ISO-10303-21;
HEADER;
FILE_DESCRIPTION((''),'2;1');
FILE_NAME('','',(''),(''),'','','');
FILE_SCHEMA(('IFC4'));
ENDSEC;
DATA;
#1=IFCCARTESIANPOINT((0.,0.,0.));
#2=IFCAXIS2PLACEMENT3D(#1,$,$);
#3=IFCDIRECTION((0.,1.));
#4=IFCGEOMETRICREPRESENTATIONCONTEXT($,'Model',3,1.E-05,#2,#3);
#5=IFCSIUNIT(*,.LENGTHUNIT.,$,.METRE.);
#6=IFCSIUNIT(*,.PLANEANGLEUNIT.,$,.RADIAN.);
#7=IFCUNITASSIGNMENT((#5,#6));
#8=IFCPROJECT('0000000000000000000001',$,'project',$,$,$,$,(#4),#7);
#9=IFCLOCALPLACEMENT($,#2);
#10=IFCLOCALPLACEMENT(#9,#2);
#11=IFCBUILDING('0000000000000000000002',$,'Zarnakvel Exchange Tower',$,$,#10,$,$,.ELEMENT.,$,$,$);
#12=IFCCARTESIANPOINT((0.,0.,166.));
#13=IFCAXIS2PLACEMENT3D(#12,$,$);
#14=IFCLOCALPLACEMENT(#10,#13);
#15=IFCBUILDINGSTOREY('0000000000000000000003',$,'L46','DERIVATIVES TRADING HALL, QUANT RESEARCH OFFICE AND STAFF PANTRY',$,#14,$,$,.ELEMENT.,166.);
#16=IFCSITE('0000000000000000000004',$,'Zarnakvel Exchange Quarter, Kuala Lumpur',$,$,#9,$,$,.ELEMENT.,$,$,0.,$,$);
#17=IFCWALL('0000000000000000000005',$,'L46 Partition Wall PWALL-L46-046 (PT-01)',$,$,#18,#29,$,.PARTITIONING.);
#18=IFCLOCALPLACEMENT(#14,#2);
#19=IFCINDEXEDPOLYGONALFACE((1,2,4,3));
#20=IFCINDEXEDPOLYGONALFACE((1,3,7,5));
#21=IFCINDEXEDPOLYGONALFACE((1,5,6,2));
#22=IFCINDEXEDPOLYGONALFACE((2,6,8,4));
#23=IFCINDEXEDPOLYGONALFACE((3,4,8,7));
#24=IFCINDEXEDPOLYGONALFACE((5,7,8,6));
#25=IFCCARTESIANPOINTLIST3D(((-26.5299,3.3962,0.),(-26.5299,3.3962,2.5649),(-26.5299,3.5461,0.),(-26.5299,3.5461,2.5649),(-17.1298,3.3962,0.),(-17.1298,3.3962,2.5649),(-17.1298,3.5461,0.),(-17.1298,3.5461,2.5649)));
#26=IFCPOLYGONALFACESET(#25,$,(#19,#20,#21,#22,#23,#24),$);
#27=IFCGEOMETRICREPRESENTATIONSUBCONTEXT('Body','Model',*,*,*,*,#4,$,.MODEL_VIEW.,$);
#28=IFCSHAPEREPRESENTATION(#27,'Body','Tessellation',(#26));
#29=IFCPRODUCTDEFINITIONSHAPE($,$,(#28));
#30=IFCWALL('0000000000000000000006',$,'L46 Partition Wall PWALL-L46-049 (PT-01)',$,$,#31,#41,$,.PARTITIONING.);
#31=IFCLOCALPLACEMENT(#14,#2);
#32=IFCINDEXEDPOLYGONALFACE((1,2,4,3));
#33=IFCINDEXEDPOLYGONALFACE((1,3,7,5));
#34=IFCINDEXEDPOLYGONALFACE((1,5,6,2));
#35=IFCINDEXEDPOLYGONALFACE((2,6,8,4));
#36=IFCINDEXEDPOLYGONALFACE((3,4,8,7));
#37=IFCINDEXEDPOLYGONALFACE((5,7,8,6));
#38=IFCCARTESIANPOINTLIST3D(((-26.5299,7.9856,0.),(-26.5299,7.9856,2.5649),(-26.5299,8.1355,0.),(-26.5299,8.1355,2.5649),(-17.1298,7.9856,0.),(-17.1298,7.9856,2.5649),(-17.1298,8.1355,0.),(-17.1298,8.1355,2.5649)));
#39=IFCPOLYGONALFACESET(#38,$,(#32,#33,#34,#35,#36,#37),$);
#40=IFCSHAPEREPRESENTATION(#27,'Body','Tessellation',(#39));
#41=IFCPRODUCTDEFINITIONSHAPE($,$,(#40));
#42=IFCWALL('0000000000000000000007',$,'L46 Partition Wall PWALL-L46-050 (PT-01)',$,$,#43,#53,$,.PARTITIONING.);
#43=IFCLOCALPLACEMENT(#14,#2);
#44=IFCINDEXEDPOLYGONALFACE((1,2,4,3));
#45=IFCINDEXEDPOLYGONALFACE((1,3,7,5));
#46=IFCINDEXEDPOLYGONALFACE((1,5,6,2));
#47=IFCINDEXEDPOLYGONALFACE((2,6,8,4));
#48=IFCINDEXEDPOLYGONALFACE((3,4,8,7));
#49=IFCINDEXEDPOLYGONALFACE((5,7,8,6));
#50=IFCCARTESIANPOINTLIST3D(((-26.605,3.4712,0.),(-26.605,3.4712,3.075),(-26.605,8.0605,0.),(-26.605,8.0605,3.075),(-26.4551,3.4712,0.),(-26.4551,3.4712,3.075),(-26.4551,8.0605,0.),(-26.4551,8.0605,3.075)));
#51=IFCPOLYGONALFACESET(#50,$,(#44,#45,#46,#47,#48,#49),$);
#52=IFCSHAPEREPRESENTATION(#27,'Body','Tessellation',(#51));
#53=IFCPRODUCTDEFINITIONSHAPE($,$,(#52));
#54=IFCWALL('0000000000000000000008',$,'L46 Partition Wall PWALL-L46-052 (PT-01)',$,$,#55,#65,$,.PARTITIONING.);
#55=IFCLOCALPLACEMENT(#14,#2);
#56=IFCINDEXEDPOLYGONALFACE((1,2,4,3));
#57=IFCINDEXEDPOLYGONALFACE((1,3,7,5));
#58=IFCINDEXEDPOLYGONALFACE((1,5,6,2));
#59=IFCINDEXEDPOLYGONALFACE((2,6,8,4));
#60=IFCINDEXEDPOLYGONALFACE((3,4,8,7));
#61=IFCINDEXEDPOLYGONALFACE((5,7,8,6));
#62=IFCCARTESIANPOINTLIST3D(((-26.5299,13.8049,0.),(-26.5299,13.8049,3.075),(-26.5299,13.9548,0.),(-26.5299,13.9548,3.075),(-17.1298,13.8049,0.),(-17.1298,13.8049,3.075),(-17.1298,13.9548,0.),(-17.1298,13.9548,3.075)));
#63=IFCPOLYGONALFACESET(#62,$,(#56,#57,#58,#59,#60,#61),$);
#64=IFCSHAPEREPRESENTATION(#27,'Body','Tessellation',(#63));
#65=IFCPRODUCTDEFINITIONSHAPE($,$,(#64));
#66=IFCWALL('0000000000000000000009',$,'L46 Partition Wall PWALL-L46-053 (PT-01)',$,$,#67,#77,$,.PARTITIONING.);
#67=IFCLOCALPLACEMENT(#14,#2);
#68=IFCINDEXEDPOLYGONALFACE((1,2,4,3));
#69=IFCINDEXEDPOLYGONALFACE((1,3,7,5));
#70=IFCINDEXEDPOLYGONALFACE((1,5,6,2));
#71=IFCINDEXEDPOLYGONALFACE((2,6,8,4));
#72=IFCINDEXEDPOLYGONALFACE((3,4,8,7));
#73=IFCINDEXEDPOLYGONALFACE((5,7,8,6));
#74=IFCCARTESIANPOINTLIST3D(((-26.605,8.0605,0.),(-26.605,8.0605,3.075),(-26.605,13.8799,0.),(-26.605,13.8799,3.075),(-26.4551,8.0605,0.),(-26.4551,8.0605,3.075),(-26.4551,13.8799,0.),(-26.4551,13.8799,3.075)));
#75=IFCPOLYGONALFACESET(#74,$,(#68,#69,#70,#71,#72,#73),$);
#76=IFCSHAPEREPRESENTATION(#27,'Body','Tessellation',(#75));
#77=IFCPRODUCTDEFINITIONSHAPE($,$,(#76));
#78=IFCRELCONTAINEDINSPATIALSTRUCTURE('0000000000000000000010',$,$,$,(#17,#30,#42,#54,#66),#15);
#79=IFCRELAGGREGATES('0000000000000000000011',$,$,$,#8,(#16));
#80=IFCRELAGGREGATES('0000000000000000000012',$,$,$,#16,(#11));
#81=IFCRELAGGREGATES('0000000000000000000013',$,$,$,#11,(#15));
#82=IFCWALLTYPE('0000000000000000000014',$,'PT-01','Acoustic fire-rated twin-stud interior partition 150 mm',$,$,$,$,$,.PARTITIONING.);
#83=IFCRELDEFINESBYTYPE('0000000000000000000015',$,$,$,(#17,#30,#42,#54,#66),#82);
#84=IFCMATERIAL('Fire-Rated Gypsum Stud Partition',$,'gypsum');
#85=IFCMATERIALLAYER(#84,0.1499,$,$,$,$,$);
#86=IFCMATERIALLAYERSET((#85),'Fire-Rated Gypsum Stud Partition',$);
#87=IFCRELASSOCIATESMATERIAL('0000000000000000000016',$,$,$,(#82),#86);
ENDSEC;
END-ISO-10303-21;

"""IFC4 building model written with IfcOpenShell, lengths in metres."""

from ifc_helpers import new_model, si_unit, direction, frame, frame_2d, origin, place, context, subcontext, project, spatial, rectangle, extrude, material, layer, layer_set, type_object, element, save


model = new_model("IFC4")

# Units and contexts
model_context = context("Model", 3, precision=1e-05, world=origin(), true_north=direction((0.0, 1.0)))
body_context = subcontext(model_context, "Body", "Model", "MODEL_VIEW")
ifc_project = project(units=[si_unit("LENGTHUNIT", "METRE"), si_unit("PLANEANGLEUNIT", "RADIAN")], contexts=[model_context])

# Site, building, storey
site_placement = place(None, origin())
site = spatial("IfcSite", under=ifc_project, at=site_placement, Name="Zarnakvel Exchange Quarter, Kuala Lumpur", CompositionType="ELEMENT", RefElevation=0.0)
building_placement = place(site_placement, origin())
building = spatial("IfcBuilding", under=site, at=building_placement, Name="Zarnakvel Exchange Tower", CompositionType="ELEMENT")
storey_placement = place(building_placement, frame((0.0, 0.0, 166.0)))
storey = spatial("IfcBuildingStorey", under=building, at=storey_placement, Name="L46", Description="DERIVATIVES TRADING HALL, QUANT RESEARCH OFFICE AND STAFF PANTRY", CompositionType="ELEMENT", Elevation=166.0)

# Walls
ifc_material_1 = material(Name="Fire-Rated Gypsum Stud Partition", Category="gypsum")
ifc_layer_1 = layer(ifc_material_1, 0.1499)
ifc_layer_set_1 = layer_set([ifc_layer_1], Name="Fire-Rated Gypsum Stud Partition")
wall_type_1 = type_object("IfcWallType", Name="PT-01", Description="Acoustic fire-rated twin-stud interior partition 150 mm", PredefinedType="PARTITIONING", material=ifc_layer_set_1)
for number, where, z_axis, x_axis, name in (
    (1, (-26.53, 3.4712, 0.0), (0.0, 0.0, 1.0), (1.0, 0.0, 0.0), "L46 Partition Wall PWALL-L46-046 (PT-01)"),
    (2, (-26.53, 8.0605, 0.0), (0.0, 0.0, 1.0), (1.0, 0.0, 0.0), "L46 Partition Wall PWALL-L46-049 (PT-01)"),
):
    element("IfcWall", number, at=place(storey_placement, frame(where, z_axis=z_axis, x_axis=x_axis)), inside=storey, type_object=wall_type_1, Name=name, PredefinedType="PARTITIONING", context=body_context, shape_type="SweptSolid", body=[
        extrude(rectangle(XDim=9.4001, YDim=0.1499, at=frame_2d((4.7002, 0.0))), origin(), (0.0, 0.0, 1.0), 2.5649),
    ])
wall_1_placement = place(storey_placement, frame((-26.53, 3.4712, 0.0), z_axis=(0.0, 0.0, 1.0), x_axis=(0.0, 1.0, 0.0)))
element("IfcWall", 3, at=wall_1_placement, inside=storey, type_object=wall_type_1, Name="L46 Partition Wall PWALL-L46-050 (PT-01)", PredefinedType="PARTITIONING", context=body_context, shape_type="SweptSolid", body=[
    extrude(rectangle(XDim=4.5894, YDim=0.1499, at=frame_2d((2.2947, 0.0))), origin(), (0.0, 0.0, 1.0), 3.075),
])
wall_2_placement = place(storey_placement, frame((-26.53, 13.8799, 0.0), z_axis=(0.0, 0.0, 1.0), x_axis=(1.0, 0.0, 0.0)))
element("IfcWall", 4, at=wall_2_placement, inside=storey, type_object=wall_type_1, Name="L46 Partition Wall PWALL-L46-052 (PT-01)", PredefinedType="PARTITIONING", context=body_context, shape_type="SweptSolid", body=[
    extrude(rectangle(XDim=9.4001, YDim=0.1499, at=frame_2d((4.7002, 0.0))), origin(), (0.0, 0.0, 1.0), 3.075),
])
wall_3_placement = place(storey_placement, frame((-26.53, 8.0605, 0.0), z_axis=(0.0, 0.0, 1.0), x_axis=(0.0, 1.0, 0.0)))
element("IfcWall", 5, at=wall_3_placement, inside=storey, type_object=wall_type_1, Name="L46 Partition Wall PWALL-L46-053 (PT-01)", PredefinedType="PARTITIONING", context=body_context, shape_type="SweptSolid", body=[
    extrude(rectangle(XDim=5.8193, YDim=0.1499, at=frame_2d((2.9097, 0.0))), origin(), (0.0, 0.0, 1.0), 3.075),
])

save(model, "model.ifc")
